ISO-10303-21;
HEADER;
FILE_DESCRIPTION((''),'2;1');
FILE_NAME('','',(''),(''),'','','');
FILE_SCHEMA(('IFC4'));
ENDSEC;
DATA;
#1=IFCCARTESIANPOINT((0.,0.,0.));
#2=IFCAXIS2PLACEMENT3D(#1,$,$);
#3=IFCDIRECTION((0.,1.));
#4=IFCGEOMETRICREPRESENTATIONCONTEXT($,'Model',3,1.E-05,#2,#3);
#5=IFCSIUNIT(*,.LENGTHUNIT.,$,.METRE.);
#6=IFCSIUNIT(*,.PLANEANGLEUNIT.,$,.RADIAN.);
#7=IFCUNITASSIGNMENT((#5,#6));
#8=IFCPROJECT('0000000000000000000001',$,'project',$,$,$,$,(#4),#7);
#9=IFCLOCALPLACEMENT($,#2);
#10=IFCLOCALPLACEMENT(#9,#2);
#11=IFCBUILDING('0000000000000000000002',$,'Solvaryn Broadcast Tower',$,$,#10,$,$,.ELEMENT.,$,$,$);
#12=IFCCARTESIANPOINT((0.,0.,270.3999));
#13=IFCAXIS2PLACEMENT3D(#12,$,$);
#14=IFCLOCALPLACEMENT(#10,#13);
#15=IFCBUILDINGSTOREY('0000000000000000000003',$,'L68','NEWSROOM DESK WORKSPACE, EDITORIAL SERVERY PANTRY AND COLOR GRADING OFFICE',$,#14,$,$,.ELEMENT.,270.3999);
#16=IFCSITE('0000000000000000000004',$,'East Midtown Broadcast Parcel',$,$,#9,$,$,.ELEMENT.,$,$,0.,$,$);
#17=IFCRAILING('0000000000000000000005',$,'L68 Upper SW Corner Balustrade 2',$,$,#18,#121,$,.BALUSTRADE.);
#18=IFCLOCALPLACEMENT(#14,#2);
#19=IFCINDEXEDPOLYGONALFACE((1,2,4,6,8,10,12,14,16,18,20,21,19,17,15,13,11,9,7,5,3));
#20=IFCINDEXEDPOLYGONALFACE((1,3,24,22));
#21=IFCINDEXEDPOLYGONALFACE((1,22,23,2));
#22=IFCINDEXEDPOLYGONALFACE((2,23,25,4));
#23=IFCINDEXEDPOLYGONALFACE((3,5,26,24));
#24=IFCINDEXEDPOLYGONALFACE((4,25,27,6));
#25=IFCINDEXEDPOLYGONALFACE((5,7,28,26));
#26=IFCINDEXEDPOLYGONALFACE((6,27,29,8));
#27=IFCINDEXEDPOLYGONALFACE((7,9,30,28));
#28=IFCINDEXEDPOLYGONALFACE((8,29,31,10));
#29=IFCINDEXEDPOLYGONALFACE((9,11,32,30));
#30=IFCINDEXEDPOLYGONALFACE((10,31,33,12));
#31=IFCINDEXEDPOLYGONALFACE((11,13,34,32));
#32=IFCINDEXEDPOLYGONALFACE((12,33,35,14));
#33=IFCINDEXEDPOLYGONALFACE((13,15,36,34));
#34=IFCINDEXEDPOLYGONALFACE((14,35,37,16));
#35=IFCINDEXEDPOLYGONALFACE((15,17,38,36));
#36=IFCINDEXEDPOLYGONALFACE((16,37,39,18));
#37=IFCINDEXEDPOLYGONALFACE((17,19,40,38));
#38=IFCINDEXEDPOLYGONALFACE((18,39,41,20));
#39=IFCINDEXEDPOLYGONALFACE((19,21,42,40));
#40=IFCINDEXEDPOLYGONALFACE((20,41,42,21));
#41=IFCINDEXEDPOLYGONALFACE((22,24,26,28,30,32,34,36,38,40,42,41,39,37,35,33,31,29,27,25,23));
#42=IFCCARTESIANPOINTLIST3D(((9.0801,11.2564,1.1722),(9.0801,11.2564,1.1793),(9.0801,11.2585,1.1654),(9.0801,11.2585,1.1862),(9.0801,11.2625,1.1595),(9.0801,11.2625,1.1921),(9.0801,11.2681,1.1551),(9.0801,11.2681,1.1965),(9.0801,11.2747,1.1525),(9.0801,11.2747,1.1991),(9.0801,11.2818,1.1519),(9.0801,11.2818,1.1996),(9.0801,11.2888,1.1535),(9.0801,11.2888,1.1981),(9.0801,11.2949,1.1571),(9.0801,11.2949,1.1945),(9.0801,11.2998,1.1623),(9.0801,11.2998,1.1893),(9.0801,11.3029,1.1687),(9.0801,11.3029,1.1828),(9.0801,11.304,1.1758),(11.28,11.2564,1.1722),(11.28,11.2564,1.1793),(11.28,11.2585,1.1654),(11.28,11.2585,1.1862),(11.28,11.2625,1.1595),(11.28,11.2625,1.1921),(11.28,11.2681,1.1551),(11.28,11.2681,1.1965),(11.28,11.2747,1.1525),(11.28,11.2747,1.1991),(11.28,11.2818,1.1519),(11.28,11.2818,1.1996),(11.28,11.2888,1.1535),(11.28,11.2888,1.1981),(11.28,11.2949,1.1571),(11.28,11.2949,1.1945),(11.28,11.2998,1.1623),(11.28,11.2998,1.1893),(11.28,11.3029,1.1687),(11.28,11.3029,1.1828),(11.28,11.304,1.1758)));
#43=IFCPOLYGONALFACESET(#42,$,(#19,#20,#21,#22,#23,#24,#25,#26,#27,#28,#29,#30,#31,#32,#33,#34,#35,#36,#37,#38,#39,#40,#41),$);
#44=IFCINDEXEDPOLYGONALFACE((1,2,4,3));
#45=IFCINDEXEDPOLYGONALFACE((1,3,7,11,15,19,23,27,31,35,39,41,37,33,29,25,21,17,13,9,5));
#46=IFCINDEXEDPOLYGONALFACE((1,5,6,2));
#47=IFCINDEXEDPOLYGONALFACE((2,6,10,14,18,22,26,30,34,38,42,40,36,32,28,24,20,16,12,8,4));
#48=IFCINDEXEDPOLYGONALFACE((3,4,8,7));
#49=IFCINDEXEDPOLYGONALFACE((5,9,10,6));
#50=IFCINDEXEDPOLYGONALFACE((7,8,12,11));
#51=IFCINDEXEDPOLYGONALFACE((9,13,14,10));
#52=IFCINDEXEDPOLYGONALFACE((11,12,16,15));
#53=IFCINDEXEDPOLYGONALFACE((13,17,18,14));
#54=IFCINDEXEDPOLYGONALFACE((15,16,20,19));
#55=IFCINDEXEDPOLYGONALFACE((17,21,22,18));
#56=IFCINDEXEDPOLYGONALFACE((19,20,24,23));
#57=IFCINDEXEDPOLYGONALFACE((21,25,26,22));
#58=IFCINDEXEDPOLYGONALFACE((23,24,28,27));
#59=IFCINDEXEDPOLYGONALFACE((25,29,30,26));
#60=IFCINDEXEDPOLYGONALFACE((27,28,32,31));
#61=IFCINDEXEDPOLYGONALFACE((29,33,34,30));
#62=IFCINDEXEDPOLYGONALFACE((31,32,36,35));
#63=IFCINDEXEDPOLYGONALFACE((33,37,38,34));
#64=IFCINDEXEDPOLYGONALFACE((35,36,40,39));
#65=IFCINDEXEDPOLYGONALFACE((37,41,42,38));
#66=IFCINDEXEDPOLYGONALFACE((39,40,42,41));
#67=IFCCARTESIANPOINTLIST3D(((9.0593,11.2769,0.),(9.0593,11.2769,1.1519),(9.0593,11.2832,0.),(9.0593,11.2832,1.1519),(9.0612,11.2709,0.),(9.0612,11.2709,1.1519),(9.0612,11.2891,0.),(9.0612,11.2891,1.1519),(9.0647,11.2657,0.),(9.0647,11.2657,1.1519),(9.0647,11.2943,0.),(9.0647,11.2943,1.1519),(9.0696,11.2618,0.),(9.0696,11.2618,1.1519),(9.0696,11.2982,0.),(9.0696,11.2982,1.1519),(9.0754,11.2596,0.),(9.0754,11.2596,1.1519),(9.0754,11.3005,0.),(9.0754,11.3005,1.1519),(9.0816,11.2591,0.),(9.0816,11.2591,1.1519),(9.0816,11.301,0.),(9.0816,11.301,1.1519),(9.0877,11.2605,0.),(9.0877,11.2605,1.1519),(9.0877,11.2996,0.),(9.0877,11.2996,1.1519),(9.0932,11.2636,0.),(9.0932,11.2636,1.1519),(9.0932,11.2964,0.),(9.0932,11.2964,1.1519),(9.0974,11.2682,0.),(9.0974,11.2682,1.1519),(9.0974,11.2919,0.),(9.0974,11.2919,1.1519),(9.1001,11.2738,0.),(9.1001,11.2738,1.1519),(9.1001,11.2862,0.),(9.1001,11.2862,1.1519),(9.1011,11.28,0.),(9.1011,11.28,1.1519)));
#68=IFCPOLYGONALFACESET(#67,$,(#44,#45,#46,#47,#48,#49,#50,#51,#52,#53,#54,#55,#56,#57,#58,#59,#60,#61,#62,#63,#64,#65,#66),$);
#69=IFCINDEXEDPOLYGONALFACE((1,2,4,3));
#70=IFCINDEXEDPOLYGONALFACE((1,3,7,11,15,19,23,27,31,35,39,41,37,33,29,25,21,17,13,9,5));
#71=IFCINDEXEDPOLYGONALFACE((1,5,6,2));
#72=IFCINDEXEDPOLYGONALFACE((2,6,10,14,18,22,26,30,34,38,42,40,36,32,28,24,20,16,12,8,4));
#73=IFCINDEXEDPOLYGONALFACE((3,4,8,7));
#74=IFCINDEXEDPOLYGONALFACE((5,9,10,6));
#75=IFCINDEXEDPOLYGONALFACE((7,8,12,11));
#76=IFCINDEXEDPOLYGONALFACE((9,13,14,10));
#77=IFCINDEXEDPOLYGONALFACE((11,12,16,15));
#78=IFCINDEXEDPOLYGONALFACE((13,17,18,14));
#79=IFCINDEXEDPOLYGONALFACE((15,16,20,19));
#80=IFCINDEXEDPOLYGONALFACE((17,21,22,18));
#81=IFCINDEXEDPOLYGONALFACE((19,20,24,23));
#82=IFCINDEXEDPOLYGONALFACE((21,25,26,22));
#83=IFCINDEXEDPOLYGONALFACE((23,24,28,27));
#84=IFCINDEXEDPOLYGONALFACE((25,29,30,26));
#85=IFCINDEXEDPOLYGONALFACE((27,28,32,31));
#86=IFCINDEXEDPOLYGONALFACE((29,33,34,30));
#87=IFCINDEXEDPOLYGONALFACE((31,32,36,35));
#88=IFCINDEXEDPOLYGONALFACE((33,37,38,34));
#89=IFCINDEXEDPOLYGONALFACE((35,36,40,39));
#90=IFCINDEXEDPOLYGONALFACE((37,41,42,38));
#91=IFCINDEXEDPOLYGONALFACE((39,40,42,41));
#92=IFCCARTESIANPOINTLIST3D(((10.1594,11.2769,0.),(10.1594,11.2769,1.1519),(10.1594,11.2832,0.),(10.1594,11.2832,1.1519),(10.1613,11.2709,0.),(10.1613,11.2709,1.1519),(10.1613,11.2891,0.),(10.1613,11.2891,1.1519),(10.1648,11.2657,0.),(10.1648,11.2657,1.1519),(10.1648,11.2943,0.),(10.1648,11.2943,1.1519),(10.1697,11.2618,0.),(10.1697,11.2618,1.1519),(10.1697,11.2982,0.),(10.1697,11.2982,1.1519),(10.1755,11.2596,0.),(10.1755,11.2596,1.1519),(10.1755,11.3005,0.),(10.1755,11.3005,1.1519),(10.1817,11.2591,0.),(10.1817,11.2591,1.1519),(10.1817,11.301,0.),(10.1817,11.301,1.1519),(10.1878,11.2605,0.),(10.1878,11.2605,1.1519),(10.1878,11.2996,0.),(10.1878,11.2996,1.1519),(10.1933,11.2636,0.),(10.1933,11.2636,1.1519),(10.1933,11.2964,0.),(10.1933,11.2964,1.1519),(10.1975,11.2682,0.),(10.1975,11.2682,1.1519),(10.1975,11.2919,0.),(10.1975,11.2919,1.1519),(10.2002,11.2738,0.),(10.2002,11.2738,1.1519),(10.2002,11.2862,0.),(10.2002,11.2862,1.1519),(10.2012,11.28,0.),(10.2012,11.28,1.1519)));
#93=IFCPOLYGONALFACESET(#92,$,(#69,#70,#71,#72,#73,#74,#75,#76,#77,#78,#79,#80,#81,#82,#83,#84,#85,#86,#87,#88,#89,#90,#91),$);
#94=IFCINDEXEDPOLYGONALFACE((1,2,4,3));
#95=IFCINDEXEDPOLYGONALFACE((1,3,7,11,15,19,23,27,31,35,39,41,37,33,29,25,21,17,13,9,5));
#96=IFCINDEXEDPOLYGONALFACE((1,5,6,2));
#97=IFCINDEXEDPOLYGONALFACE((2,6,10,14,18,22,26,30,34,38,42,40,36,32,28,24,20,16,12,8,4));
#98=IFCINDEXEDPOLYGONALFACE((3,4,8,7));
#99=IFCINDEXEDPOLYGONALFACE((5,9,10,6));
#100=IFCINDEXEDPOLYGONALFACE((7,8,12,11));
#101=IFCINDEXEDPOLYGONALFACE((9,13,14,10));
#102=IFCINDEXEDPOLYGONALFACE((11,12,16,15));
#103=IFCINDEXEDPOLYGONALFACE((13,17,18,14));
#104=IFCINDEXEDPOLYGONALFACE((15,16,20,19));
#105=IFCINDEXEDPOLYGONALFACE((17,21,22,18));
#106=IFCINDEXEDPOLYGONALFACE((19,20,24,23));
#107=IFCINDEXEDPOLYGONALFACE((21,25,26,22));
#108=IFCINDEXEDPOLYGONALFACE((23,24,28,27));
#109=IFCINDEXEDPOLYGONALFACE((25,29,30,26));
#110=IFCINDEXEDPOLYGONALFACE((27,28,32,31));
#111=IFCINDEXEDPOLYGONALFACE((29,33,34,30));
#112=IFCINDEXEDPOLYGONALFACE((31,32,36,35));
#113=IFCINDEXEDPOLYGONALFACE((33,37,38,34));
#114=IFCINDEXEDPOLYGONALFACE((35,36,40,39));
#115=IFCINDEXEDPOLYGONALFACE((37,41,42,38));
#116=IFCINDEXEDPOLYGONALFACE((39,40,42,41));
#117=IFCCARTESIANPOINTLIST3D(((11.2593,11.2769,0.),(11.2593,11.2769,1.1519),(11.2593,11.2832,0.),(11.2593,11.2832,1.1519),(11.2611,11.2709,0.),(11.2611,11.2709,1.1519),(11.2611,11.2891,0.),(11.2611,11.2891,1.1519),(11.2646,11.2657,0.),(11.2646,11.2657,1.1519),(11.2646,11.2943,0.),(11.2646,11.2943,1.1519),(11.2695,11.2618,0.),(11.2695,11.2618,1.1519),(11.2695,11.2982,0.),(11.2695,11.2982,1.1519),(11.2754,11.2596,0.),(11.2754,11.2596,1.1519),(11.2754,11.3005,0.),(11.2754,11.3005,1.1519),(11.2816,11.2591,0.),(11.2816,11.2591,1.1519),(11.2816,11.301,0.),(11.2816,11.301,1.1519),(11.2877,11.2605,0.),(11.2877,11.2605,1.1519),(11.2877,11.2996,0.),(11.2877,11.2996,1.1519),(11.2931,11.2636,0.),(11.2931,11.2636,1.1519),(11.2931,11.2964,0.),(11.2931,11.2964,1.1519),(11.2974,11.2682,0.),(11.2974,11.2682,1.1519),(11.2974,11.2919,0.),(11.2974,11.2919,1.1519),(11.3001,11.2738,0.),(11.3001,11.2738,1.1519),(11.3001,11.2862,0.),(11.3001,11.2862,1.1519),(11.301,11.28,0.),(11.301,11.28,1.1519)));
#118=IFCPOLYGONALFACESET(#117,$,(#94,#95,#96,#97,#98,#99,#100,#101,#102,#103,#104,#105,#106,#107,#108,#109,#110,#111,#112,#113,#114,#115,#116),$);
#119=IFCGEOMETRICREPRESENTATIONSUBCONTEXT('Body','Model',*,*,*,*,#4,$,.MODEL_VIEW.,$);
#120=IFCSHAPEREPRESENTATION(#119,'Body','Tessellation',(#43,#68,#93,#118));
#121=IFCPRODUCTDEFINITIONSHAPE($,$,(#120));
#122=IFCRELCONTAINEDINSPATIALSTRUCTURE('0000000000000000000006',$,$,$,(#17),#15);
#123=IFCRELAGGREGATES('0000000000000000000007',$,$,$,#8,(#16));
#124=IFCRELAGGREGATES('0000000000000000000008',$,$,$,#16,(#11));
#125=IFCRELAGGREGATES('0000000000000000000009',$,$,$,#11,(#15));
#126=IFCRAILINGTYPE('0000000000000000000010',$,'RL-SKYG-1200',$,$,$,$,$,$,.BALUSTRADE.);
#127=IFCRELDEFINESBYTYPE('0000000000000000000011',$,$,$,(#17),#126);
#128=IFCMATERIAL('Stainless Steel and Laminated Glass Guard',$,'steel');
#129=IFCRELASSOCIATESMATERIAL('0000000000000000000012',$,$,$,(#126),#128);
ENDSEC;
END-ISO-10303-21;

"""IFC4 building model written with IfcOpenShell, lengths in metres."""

from ifc_helpers import new_model, si_unit, direction, frame, origin, origin_2d, place, context, subcontext, project, spatial, circle, extrude, material, type_object, element, save


model = new_model("IFC4")

# Units and contexts
model_context = context("Model", 3, precision=1e-05, world=origin(), true_north=direction((0.0, 1.0)))
body_context = subcontext(model_context, "Body", "Model", "MODEL_VIEW")
ifc_project = project(units=[si_unit("LENGTHUNIT", "METRE"), si_unit("PLANEANGLEUNIT", "RADIAN")], contexts=[model_context])

# Site, building, storey
site_placement = place(None, origin())
site = spatial("IfcSite", under=ifc_project, at=site_placement, Name="East Midtown Broadcast Parcel", CompositionType="ELEMENT", RefElevation=0.0)
building_placement = place(site_placement, origin())
building = spatial("IfcBuilding", under=site, at=building_placement, Name="Solvaryn Broadcast Tower", CompositionType="ELEMENT")
storey_placement = place(building_placement, frame((0.0, 0.0, 270.3999)))
storey = spatial("IfcBuildingStorey", under=building, at=storey_placement, Name="L68", Description="NEWSROOM DESK WORKSPACE, EDITORIAL SERVERY PANTRY AND COLOR GRADING OFFICE", CompositionType="ELEMENT", Elevation=270.3999)

# Railing
ifc_material_1 = material(Name="Stainless Steel and Laminated Glass Guard", Category="steel")
railing_type = type_object("IfcRailingType", Name="RL-SKYG-1200", PredefinedType="BALUSTRADE", material=ifc_material_1)
railing_1_placement = place(storey_placement, frame((9.0801, 11.28, 0.0)))
element("IfcRailing", 1, at=railing_1_placement, inside=storey, type_object=railing_type, Name="L68 Upper SW Corner Balustrade 2", PredefinedType="BALUSTRADE", context=body_context, shape_type="SweptSolid", body=[
    extrude(circle(Radius=0.0239, at=origin_2d()), frame((0.0, 0.0, 1.1758), z_axis=(1.0, 0.0, 0.0), x_axis=(0.0, 1.0, 0.0)), (0.0, 0.0, 1.0), 2.2),
    extrude(circle(Radius=0.021, at=origin_2d()), origin(), (0.0, 0.0, 1.0), 1.1519),
    extrude(circle(Radius=0.021, at=origin_2d()), frame((1.1001, 0.0, 0.0)), (0.0, 0.0, 1.0), 1.1519),
    extrude(circle(Radius=0.021, at=origin_2d()), frame((2.2, 0.0, 0.0)), (0.0, 0.0, 1.0), 1.1519),
])

save(model, "model.ifc")
